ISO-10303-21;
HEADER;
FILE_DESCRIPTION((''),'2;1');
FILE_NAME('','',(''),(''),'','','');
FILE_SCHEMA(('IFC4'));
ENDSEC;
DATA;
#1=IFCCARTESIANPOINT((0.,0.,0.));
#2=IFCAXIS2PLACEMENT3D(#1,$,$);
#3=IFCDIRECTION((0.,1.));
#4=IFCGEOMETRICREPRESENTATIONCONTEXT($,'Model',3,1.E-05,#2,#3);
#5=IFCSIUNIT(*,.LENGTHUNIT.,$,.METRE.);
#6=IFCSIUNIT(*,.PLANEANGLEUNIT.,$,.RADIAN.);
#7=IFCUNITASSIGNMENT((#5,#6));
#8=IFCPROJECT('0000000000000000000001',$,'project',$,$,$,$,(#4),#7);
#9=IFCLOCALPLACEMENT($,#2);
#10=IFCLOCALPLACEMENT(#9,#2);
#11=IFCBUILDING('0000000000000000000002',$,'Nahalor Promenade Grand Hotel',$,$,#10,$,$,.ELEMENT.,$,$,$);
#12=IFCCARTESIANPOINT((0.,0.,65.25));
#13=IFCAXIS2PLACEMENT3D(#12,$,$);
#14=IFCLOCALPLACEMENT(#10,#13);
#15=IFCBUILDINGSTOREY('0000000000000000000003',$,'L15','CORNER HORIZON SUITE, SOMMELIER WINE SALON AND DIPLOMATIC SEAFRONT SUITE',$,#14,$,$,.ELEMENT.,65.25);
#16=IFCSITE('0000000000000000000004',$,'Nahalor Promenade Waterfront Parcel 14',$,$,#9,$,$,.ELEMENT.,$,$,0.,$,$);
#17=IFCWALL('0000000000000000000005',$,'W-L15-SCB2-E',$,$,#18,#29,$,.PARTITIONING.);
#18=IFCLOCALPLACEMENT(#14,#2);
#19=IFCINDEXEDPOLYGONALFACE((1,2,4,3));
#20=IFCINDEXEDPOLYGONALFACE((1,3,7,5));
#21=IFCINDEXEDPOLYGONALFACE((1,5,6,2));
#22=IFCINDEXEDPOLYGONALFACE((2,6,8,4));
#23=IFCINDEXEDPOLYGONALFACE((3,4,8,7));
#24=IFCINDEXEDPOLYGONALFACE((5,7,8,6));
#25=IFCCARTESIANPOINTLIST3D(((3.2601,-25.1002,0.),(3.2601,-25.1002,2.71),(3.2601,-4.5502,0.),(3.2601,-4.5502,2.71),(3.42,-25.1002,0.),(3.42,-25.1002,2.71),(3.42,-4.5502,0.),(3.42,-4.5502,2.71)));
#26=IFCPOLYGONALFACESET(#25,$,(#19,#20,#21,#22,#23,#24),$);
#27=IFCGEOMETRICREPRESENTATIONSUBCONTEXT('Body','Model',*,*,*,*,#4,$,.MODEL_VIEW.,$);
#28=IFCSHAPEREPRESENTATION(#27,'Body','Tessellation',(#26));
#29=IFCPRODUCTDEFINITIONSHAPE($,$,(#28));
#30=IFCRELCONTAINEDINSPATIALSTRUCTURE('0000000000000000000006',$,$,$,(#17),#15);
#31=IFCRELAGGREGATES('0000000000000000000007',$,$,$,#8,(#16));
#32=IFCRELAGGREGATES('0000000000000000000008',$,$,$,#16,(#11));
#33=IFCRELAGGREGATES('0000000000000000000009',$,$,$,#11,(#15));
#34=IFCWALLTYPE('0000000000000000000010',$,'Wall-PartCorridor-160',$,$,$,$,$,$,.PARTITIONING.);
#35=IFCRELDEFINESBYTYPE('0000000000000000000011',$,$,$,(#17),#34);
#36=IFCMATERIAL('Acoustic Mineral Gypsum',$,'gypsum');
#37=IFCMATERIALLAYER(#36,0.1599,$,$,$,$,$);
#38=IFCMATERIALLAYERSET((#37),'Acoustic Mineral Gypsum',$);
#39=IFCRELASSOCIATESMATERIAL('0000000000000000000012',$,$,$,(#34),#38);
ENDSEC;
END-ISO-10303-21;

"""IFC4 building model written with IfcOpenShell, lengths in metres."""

from ifc_helpers import new_model, si_unit, direction, frame, frame_2d, origin, place, context, subcontext, project, spatial, rectangle, extrude, source, transform, mapped, material, layer, layer_set, type_object, element, save


model = new_model("IFC4")

# Units and contexts
model_context = context("Model", 3, precision=1e-05, world=origin(), true_north=direction((0.0, 1.0)))
body_context = subcontext(model_context, "Body", "Model", "MODEL_VIEW")
ifc_project = project(units=[si_unit("LENGTHUNIT", "METRE"), si_unit("PLANEANGLEUNIT", "RADIAN")], contexts=[model_context])

# Site, building, storey
site_placement = place(None, origin())
site = spatial("IfcSite", under=ifc_project, at=site_placement, Name="Nahalor Promenade Waterfront Parcel 14", CompositionType="ELEMENT", RefElevation=0.0)
building_placement = place(site_placement, origin())
building = spatial("IfcBuilding", under=site, at=building_placement, Name="Nahalor Promenade Grand Hotel", CompositionType="ELEMENT")
storey_placement = place(building_placement, frame((0.0, 0.0, 65.25)))
storey = spatial("IfcBuildingStorey", under=building, at=storey_placement, Name="L15", Description="CORNER HORIZON SUITE, SOMMELIER WINE SALON AND DIPLOMATIC SEAFRONT SUITE", CompositionType="ELEMENT", Elevation=65.25)

# Wall
ifc_material_1 = material(Name="Acoustic Mineral Gypsum", Category="gypsum")
ifc_layer_1 = layer(ifc_material_1, 0.1599)
ifc_layer_set_1 = layer_set([ifc_layer_1], Name="Acoustic Mineral Gypsum")
wall_type_1 = type_object("IfcWallType", Name="Wall-PartCorridor-160", PredefinedType="PARTITIONING", material=ifc_layer_set_1)
shared_shape_1 = source(origin(), body_context, "Body", "SweptSolid", [
    extrude(rectangle(XDim=20.55, YDim=0.1599, at=frame_2d((10.2749, 0.0))), origin(), (0.0, 0.0, 1.0), 2.71),
])
wall_1_placement = place(storey_placement, frame((3.3401, -25.1001, 0.0), z_axis=(0.0, 0.0, 1.0), x_axis=(0.0, 1.0, 0.0)))
element("IfcWall", 1, at=wall_1_placement, inside=storey, type_object=wall_type_1, Name="W-L15-SCB2-E", PredefinedType="PARTITIONING", context=body_context, shape_type="MappedRepresentation", body=[
    mapped(shared_shape_1, transform((0.0, 0.0, 0.0), scale=1.0)),
])

save(model, "model.ifc")
